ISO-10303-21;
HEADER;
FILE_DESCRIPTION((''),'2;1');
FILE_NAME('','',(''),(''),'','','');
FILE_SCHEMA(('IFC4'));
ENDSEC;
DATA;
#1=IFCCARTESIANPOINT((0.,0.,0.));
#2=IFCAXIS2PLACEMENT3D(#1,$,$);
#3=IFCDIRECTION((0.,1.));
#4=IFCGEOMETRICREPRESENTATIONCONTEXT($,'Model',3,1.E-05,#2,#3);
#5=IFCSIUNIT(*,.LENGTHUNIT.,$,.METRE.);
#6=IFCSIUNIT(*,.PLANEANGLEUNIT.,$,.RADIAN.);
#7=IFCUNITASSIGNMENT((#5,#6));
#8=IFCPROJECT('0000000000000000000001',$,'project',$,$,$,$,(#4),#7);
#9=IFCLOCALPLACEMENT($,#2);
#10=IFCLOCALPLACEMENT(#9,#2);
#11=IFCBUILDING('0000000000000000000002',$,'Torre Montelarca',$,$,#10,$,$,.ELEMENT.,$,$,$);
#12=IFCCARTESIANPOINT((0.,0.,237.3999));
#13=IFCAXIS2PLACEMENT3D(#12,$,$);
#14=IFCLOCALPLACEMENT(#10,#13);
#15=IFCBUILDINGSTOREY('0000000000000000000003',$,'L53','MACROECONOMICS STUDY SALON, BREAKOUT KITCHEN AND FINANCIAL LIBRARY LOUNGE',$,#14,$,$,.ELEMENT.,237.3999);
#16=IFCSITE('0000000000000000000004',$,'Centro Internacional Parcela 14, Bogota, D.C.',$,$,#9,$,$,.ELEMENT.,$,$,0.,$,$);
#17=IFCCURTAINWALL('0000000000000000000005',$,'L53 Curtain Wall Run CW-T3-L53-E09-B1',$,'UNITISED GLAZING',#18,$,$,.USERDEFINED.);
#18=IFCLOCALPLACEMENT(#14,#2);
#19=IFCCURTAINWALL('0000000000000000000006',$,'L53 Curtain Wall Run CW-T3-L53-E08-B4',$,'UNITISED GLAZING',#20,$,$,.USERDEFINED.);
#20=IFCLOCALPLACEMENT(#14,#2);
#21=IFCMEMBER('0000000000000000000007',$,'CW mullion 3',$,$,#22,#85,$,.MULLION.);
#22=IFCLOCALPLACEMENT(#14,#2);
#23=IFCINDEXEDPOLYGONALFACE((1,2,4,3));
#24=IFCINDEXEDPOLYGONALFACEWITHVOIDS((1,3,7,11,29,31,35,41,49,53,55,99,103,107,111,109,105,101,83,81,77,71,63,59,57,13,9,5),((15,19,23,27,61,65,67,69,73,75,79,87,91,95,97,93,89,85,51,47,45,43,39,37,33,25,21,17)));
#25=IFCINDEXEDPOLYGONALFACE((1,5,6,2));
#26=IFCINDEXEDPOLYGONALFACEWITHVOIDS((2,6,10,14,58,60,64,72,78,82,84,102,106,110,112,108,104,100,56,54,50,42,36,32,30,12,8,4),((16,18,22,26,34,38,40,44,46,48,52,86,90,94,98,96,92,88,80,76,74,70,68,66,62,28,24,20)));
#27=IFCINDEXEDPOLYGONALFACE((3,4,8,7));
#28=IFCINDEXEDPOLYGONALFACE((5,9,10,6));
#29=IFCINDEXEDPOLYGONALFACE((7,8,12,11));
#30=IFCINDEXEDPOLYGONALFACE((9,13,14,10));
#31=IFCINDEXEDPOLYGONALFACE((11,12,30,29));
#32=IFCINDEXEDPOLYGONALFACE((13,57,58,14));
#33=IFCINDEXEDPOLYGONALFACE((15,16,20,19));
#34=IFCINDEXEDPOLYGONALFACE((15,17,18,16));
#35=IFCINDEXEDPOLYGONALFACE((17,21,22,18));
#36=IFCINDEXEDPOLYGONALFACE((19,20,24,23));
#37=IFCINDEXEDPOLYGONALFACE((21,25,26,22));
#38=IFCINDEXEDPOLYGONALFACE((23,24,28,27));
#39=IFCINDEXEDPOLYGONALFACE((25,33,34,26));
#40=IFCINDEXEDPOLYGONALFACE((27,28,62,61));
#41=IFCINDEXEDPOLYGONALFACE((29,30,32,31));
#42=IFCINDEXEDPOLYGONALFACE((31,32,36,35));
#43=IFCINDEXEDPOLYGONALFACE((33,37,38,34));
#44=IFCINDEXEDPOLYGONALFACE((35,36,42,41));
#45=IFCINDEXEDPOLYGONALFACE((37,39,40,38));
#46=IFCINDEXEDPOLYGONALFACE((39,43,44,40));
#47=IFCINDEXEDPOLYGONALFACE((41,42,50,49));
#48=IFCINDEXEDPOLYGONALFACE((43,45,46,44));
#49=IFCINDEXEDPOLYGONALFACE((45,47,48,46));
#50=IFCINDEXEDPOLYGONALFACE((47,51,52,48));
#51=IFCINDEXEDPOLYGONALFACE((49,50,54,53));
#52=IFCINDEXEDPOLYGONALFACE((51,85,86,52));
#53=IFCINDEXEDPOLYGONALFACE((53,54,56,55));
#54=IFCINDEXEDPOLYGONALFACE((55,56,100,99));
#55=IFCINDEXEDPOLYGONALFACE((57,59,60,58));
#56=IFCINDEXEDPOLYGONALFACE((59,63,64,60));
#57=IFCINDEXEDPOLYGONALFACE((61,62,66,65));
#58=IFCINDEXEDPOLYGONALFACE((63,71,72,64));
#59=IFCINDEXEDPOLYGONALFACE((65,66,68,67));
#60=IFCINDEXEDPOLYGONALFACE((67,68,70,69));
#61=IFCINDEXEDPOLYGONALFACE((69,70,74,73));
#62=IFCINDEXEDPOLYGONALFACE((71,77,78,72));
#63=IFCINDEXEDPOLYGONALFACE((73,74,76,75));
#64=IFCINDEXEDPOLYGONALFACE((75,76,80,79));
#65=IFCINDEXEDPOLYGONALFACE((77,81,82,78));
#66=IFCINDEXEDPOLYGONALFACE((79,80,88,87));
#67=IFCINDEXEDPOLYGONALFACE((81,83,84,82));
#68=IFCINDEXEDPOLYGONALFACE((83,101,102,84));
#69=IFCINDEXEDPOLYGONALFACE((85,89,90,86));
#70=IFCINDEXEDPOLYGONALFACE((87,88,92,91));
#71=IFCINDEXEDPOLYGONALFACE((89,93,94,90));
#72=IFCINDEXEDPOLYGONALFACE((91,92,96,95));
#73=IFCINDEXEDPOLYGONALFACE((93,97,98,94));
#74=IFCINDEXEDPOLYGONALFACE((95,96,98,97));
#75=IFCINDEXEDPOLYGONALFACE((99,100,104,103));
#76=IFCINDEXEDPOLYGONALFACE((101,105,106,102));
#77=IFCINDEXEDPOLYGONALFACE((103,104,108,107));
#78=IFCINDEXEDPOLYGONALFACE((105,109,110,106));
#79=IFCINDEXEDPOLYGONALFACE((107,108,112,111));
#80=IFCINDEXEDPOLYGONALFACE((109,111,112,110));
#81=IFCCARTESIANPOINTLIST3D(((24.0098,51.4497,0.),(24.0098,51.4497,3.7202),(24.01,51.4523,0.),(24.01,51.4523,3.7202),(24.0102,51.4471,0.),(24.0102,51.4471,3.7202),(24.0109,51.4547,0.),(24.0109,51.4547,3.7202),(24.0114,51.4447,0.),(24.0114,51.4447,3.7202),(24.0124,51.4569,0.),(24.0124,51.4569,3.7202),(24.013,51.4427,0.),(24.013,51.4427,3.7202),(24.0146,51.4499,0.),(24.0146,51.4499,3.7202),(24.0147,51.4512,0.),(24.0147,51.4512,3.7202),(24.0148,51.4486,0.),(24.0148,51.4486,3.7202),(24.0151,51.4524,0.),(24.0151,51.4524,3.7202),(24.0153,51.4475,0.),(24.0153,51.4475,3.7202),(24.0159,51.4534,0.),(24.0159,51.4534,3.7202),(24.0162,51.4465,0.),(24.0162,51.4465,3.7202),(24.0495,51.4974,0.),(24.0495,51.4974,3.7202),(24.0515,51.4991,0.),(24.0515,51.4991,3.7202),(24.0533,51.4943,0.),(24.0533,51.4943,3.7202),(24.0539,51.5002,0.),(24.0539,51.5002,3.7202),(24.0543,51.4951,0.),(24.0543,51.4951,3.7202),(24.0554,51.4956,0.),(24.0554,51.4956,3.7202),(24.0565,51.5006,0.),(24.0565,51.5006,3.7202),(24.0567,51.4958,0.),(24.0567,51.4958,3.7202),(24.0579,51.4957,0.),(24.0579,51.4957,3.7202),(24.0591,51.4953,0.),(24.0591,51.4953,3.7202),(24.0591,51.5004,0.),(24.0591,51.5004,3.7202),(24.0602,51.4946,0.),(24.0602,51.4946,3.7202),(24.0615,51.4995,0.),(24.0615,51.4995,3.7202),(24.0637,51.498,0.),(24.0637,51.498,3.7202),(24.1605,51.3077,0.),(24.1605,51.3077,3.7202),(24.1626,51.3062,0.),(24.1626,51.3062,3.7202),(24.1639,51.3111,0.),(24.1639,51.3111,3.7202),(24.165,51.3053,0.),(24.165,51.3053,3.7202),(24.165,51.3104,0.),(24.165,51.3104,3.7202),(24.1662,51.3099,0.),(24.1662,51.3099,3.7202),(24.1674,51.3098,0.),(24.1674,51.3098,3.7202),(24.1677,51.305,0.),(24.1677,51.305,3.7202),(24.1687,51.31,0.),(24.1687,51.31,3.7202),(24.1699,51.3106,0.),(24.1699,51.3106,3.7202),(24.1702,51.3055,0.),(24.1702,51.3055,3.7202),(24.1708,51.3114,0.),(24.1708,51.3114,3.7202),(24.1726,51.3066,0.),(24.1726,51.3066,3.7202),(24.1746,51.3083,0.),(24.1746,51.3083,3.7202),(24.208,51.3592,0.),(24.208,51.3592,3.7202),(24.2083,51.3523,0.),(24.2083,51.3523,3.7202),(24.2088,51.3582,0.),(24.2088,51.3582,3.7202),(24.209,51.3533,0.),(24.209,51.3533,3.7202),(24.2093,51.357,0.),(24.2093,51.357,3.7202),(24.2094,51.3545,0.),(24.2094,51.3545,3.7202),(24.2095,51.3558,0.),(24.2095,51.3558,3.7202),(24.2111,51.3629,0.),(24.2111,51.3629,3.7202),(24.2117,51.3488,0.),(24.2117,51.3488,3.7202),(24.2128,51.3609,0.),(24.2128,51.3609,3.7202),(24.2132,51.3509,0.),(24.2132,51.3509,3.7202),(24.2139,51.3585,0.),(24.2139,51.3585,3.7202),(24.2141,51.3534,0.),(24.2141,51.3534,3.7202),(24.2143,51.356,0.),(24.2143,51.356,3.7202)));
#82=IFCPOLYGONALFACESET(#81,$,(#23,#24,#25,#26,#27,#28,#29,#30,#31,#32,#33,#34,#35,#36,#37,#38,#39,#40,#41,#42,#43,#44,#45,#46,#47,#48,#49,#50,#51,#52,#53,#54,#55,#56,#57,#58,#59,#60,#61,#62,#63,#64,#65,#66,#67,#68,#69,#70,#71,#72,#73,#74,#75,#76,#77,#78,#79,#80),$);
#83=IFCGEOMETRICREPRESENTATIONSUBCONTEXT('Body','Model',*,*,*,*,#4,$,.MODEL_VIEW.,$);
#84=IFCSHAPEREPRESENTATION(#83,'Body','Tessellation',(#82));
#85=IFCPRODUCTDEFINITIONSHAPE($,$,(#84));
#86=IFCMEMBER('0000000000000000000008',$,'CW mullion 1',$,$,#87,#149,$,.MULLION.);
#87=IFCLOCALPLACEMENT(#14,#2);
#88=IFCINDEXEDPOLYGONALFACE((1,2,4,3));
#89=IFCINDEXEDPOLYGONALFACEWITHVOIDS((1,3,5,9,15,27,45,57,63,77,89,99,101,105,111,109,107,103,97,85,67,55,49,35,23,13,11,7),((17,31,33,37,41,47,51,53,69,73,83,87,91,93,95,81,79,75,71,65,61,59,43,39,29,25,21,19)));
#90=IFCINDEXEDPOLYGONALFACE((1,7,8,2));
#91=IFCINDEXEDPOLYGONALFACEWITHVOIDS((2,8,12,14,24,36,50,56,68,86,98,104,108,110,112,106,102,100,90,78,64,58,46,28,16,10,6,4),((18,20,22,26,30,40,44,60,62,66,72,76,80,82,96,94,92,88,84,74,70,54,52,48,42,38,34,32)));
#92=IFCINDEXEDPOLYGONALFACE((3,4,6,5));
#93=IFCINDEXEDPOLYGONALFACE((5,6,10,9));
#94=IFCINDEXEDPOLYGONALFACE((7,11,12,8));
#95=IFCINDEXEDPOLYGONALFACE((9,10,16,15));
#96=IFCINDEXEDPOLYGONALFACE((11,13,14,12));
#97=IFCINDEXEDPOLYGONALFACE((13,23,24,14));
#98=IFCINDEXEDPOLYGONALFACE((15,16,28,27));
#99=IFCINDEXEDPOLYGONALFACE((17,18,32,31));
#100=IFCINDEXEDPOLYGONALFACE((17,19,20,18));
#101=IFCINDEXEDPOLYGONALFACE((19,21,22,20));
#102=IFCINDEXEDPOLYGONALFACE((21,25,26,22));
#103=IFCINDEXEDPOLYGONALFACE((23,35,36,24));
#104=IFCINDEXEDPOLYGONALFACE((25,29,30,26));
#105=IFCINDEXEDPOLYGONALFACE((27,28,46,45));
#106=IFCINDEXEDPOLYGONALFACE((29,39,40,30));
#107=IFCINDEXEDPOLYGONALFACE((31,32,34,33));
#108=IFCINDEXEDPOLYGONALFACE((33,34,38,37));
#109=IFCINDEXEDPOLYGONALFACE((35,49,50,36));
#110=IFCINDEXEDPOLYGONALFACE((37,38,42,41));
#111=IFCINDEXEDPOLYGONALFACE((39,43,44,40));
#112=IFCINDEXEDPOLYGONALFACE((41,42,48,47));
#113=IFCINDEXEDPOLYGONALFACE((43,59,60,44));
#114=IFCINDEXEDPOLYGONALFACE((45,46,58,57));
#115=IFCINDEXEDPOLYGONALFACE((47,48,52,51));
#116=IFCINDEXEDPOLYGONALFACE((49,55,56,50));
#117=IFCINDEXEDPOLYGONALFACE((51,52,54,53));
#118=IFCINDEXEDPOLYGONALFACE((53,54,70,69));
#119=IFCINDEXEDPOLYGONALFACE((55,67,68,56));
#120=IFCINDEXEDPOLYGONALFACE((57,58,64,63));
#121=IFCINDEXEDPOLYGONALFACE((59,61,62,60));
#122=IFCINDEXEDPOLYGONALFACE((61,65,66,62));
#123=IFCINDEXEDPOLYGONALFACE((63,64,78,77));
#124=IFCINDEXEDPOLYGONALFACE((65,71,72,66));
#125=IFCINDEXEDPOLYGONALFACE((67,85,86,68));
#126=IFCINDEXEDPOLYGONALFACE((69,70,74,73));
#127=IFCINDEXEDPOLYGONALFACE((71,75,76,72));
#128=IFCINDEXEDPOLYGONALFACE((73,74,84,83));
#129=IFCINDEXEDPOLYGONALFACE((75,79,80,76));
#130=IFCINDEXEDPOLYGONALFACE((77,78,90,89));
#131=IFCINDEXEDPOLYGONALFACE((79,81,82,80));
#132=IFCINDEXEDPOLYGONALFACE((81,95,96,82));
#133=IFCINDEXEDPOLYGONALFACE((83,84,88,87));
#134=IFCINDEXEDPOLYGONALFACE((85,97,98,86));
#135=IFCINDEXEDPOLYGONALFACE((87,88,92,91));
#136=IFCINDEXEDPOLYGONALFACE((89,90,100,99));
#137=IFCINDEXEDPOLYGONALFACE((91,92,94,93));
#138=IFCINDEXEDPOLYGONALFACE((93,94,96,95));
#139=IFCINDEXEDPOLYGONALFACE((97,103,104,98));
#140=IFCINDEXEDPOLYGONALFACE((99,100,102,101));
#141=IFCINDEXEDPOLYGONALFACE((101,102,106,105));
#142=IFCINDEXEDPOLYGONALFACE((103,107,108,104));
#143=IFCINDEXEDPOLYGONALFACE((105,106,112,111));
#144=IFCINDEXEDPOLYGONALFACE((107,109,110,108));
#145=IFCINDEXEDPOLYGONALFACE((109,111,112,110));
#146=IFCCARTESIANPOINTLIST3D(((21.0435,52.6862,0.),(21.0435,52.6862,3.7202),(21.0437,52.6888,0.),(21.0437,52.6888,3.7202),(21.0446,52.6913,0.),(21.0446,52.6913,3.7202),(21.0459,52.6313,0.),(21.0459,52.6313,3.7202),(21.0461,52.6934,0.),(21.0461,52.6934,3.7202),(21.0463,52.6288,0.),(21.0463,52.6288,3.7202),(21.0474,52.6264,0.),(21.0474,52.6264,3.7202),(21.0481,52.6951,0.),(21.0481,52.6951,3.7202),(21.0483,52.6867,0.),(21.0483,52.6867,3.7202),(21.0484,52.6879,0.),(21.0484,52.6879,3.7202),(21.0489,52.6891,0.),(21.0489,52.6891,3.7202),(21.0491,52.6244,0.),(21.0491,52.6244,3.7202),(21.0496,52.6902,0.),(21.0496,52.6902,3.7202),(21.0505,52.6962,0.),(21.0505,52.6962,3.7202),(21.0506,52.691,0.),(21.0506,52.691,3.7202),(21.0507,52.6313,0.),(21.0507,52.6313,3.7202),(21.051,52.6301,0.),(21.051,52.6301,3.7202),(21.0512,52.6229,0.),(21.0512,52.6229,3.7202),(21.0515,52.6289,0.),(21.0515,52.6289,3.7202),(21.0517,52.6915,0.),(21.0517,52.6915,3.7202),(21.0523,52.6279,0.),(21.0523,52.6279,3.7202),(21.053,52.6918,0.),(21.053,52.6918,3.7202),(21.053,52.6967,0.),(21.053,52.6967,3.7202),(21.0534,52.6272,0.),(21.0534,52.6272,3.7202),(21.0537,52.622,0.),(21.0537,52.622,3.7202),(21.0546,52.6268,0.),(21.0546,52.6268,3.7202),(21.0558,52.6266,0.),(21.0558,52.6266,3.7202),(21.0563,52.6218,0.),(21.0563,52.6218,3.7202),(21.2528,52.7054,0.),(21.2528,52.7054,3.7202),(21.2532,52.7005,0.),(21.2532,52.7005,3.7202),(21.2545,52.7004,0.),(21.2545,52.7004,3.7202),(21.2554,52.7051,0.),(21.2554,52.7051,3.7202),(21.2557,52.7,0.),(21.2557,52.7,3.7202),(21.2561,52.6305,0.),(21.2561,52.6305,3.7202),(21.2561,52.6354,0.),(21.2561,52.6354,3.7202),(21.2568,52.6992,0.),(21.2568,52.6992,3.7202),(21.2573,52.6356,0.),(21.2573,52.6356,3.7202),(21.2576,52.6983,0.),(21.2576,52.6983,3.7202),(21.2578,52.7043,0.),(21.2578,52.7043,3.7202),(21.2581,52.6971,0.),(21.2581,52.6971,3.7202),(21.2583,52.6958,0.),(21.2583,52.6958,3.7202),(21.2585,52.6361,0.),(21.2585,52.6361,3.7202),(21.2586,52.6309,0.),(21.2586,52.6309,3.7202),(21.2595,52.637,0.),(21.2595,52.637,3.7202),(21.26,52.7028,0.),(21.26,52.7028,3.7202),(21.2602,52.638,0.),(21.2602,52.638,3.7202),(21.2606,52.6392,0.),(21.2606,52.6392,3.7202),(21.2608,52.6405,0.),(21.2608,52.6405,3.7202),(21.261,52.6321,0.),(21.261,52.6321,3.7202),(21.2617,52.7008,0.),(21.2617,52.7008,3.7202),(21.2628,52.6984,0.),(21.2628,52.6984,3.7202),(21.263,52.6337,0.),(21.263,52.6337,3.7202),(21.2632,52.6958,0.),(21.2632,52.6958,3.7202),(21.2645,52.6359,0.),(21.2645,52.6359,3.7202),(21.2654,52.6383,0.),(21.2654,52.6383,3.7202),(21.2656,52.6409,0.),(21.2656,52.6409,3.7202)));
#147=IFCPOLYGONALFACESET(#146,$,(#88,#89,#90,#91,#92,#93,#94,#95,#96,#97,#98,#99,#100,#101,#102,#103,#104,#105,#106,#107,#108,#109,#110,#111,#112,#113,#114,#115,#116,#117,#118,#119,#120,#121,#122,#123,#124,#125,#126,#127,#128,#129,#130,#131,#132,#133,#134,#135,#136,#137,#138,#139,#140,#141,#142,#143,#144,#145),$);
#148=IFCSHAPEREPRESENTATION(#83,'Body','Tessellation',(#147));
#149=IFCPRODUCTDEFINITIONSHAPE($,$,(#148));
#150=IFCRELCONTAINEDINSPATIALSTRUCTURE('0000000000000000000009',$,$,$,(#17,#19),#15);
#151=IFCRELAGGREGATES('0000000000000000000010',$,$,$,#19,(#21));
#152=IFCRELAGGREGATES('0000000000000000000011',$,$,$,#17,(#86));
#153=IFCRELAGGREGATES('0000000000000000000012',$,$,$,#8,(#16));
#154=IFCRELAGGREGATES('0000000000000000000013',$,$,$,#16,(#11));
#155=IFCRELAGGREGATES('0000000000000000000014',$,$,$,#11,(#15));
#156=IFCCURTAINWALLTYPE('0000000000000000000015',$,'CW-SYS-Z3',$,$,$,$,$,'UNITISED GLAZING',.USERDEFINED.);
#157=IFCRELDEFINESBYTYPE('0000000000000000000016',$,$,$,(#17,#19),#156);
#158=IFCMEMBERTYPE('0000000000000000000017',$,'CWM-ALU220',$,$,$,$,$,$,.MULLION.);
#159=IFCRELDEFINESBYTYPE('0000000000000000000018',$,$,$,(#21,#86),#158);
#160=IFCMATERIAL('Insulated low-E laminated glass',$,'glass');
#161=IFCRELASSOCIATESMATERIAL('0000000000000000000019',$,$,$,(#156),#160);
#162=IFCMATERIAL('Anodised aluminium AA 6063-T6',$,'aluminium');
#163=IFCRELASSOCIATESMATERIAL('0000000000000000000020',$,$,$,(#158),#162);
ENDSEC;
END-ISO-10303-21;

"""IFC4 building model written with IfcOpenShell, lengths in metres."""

from ifc_helpers import new_model, si_unit, direction, frame, origin, origin_2d, place, context, subcontext, project, spatial, hollow_rectangle, extrude, source, transform, mapped, material, material_profile, profile_set, type_object, element, aggregate, save


model = new_model("IFC4")

# Units and contexts
model_context = context("Model", 3, precision=1e-05, world=origin(), true_north=direction((0.0, 1.0)))
body_context = subcontext(model_context, "Body", "Model", "MODEL_VIEW")
ifc_project = project(units=[si_unit("LENGTHUNIT", "METRE"), si_unit("PLANEANGLEUNIT", "RADIAN")], contexts=[model_context])

# Site, building, storey
site_placement = place(None, origin())
site = spatial("IfcSite", under=ifc_project, at=site_placement, Name="Centro Internacional Parcela 14, Bogota, D.C.", CompositionType="ELEMENT", RefElevation=0.0)
building_placement = place(site_placement, origin())
building = spatial("IfcBuilding", under=site, at=building_placement, Name="Torre Montelarca", CompositionType="ELEMENT")
storey_placement = place(building_placement, frame((0.0, 0.0, 237.3999)))
storey = spatial("IfcBuildingStorey", under=building, at=storey_placement, Name="L53", Description="MACROECONOMICS STUDY SALON, BREAKOUT KITCHEN AND FINANCIAL LIBRARY LOUNGE", CompositionType="ELEMENT", Elevation=237.3999)

# Curtain wall
ifc_material_1 = material(Name="Insulated low-E laminated glass", Category="glass")
curtain_wall_type = type_object("IfcCurtainWallType", Name="CW-SYS-Z3", ElementType="UNITISED GLAZING", PredefinedType="USERDEFINED", material=ifc_material_1)
curtain_wall_1_placement = place(storey_placement, origin())
curtain_wall_1 = element("IfcCurtainWall", 1, at=curtain_wall_1_placement, inside=storey, type_object=curtain_wall_type, Name="L53 Curtain Wall Run CW-T3-L53-E09-B1", ObjectType="UNITISED GLAZING", PredefinedType="USERDEFINED")
ifc_material_2 = material(Name="Anodised aluminium AA 6063-T6", Category="aluminium")

# Curtain wall, member
curtain_wall_2_placement = place(storey_placement, origin())
curtain_wall_2 = element("IfcCurtainWall", 2, at=curtain_wall_2_placement, inside=storey, type_object=curtain_wall_type, Name="L53 Curtain Wall Run CW-T3-L53-E08-B4", ObjectType="UNITISED GLAZING", PredefinedType="USERDEFINED")
ifc_material_profile_1 = material_profile(ifc_material_2, hollow_rectangle(XDim=0.075, YDim=0.22, WallThickness=0.0049, InnerFilletRadius=0.0049, OuterFilletRadius=0.01, at=origin_2d()), Name="ALU75X220X5", Category="aluminium")
ifc_profile_set_1 = profile_set([ifc_material_profile_1], Name="Anodised aluminium AA 6063-T6")
member_type_1 = type_object("IfcMemberType", Name="CWM-ALU220", PredefinedType="MULLION", material=ifc_profile_set_1)
shared_shape_1 = source(origin(), body_context, "Body", "SweptSolid", [
    extrude(hollow_rectangle(XDim=0.075, YDim=0.22, WallThickness=0.0049, InnerFilletRadius=0.0049, OuterFilletRadius=0.01, at=origin_2d()), origin(), (0.0, 0.0, 1.0), 3.7202),
])
member_1_placement = place(storey_placement, frame((24.1121, 51.4028, 0.0), z_axis=(0.0, 0.0, 1.0), x_axis=(-0.675588, -0.73728, 0.0)))
member_1 = element("IfcMember", 3, at=member_1_placement, type_object=member_type_1, Name="CW mullion 3", PredefinedType="MULLION", context=body_context, shape_type="MappedRepresentation", body=[
    mapped(shared_shape_1, transform((0.0, 0.0, 0.0), scale=1.0)),
])

# Member
member_2_placement = place(storey_placement, frame((21.1545, 52.6636, 0.0), z_axis=(0.0, 0.0, 1.0), x_axis=(0.043614, -0.999048, 0.0)))
member_2 = element("IfcMember", 4, at=member_2_placement, type_object=member_type_1, Name="CW mullion 1", PredefinedType="MULLION", context=body_context, shape_type="MappedRepresentation", body=[
    mapped(shared_shape_1, transform((0.0, 0.0, 0.0), scale=1.0)),
])

aggregate(curtain_wall_2, [member_1])
aggregate(curtain_wall_1, [member_2])

save(model, "model.ifc")
